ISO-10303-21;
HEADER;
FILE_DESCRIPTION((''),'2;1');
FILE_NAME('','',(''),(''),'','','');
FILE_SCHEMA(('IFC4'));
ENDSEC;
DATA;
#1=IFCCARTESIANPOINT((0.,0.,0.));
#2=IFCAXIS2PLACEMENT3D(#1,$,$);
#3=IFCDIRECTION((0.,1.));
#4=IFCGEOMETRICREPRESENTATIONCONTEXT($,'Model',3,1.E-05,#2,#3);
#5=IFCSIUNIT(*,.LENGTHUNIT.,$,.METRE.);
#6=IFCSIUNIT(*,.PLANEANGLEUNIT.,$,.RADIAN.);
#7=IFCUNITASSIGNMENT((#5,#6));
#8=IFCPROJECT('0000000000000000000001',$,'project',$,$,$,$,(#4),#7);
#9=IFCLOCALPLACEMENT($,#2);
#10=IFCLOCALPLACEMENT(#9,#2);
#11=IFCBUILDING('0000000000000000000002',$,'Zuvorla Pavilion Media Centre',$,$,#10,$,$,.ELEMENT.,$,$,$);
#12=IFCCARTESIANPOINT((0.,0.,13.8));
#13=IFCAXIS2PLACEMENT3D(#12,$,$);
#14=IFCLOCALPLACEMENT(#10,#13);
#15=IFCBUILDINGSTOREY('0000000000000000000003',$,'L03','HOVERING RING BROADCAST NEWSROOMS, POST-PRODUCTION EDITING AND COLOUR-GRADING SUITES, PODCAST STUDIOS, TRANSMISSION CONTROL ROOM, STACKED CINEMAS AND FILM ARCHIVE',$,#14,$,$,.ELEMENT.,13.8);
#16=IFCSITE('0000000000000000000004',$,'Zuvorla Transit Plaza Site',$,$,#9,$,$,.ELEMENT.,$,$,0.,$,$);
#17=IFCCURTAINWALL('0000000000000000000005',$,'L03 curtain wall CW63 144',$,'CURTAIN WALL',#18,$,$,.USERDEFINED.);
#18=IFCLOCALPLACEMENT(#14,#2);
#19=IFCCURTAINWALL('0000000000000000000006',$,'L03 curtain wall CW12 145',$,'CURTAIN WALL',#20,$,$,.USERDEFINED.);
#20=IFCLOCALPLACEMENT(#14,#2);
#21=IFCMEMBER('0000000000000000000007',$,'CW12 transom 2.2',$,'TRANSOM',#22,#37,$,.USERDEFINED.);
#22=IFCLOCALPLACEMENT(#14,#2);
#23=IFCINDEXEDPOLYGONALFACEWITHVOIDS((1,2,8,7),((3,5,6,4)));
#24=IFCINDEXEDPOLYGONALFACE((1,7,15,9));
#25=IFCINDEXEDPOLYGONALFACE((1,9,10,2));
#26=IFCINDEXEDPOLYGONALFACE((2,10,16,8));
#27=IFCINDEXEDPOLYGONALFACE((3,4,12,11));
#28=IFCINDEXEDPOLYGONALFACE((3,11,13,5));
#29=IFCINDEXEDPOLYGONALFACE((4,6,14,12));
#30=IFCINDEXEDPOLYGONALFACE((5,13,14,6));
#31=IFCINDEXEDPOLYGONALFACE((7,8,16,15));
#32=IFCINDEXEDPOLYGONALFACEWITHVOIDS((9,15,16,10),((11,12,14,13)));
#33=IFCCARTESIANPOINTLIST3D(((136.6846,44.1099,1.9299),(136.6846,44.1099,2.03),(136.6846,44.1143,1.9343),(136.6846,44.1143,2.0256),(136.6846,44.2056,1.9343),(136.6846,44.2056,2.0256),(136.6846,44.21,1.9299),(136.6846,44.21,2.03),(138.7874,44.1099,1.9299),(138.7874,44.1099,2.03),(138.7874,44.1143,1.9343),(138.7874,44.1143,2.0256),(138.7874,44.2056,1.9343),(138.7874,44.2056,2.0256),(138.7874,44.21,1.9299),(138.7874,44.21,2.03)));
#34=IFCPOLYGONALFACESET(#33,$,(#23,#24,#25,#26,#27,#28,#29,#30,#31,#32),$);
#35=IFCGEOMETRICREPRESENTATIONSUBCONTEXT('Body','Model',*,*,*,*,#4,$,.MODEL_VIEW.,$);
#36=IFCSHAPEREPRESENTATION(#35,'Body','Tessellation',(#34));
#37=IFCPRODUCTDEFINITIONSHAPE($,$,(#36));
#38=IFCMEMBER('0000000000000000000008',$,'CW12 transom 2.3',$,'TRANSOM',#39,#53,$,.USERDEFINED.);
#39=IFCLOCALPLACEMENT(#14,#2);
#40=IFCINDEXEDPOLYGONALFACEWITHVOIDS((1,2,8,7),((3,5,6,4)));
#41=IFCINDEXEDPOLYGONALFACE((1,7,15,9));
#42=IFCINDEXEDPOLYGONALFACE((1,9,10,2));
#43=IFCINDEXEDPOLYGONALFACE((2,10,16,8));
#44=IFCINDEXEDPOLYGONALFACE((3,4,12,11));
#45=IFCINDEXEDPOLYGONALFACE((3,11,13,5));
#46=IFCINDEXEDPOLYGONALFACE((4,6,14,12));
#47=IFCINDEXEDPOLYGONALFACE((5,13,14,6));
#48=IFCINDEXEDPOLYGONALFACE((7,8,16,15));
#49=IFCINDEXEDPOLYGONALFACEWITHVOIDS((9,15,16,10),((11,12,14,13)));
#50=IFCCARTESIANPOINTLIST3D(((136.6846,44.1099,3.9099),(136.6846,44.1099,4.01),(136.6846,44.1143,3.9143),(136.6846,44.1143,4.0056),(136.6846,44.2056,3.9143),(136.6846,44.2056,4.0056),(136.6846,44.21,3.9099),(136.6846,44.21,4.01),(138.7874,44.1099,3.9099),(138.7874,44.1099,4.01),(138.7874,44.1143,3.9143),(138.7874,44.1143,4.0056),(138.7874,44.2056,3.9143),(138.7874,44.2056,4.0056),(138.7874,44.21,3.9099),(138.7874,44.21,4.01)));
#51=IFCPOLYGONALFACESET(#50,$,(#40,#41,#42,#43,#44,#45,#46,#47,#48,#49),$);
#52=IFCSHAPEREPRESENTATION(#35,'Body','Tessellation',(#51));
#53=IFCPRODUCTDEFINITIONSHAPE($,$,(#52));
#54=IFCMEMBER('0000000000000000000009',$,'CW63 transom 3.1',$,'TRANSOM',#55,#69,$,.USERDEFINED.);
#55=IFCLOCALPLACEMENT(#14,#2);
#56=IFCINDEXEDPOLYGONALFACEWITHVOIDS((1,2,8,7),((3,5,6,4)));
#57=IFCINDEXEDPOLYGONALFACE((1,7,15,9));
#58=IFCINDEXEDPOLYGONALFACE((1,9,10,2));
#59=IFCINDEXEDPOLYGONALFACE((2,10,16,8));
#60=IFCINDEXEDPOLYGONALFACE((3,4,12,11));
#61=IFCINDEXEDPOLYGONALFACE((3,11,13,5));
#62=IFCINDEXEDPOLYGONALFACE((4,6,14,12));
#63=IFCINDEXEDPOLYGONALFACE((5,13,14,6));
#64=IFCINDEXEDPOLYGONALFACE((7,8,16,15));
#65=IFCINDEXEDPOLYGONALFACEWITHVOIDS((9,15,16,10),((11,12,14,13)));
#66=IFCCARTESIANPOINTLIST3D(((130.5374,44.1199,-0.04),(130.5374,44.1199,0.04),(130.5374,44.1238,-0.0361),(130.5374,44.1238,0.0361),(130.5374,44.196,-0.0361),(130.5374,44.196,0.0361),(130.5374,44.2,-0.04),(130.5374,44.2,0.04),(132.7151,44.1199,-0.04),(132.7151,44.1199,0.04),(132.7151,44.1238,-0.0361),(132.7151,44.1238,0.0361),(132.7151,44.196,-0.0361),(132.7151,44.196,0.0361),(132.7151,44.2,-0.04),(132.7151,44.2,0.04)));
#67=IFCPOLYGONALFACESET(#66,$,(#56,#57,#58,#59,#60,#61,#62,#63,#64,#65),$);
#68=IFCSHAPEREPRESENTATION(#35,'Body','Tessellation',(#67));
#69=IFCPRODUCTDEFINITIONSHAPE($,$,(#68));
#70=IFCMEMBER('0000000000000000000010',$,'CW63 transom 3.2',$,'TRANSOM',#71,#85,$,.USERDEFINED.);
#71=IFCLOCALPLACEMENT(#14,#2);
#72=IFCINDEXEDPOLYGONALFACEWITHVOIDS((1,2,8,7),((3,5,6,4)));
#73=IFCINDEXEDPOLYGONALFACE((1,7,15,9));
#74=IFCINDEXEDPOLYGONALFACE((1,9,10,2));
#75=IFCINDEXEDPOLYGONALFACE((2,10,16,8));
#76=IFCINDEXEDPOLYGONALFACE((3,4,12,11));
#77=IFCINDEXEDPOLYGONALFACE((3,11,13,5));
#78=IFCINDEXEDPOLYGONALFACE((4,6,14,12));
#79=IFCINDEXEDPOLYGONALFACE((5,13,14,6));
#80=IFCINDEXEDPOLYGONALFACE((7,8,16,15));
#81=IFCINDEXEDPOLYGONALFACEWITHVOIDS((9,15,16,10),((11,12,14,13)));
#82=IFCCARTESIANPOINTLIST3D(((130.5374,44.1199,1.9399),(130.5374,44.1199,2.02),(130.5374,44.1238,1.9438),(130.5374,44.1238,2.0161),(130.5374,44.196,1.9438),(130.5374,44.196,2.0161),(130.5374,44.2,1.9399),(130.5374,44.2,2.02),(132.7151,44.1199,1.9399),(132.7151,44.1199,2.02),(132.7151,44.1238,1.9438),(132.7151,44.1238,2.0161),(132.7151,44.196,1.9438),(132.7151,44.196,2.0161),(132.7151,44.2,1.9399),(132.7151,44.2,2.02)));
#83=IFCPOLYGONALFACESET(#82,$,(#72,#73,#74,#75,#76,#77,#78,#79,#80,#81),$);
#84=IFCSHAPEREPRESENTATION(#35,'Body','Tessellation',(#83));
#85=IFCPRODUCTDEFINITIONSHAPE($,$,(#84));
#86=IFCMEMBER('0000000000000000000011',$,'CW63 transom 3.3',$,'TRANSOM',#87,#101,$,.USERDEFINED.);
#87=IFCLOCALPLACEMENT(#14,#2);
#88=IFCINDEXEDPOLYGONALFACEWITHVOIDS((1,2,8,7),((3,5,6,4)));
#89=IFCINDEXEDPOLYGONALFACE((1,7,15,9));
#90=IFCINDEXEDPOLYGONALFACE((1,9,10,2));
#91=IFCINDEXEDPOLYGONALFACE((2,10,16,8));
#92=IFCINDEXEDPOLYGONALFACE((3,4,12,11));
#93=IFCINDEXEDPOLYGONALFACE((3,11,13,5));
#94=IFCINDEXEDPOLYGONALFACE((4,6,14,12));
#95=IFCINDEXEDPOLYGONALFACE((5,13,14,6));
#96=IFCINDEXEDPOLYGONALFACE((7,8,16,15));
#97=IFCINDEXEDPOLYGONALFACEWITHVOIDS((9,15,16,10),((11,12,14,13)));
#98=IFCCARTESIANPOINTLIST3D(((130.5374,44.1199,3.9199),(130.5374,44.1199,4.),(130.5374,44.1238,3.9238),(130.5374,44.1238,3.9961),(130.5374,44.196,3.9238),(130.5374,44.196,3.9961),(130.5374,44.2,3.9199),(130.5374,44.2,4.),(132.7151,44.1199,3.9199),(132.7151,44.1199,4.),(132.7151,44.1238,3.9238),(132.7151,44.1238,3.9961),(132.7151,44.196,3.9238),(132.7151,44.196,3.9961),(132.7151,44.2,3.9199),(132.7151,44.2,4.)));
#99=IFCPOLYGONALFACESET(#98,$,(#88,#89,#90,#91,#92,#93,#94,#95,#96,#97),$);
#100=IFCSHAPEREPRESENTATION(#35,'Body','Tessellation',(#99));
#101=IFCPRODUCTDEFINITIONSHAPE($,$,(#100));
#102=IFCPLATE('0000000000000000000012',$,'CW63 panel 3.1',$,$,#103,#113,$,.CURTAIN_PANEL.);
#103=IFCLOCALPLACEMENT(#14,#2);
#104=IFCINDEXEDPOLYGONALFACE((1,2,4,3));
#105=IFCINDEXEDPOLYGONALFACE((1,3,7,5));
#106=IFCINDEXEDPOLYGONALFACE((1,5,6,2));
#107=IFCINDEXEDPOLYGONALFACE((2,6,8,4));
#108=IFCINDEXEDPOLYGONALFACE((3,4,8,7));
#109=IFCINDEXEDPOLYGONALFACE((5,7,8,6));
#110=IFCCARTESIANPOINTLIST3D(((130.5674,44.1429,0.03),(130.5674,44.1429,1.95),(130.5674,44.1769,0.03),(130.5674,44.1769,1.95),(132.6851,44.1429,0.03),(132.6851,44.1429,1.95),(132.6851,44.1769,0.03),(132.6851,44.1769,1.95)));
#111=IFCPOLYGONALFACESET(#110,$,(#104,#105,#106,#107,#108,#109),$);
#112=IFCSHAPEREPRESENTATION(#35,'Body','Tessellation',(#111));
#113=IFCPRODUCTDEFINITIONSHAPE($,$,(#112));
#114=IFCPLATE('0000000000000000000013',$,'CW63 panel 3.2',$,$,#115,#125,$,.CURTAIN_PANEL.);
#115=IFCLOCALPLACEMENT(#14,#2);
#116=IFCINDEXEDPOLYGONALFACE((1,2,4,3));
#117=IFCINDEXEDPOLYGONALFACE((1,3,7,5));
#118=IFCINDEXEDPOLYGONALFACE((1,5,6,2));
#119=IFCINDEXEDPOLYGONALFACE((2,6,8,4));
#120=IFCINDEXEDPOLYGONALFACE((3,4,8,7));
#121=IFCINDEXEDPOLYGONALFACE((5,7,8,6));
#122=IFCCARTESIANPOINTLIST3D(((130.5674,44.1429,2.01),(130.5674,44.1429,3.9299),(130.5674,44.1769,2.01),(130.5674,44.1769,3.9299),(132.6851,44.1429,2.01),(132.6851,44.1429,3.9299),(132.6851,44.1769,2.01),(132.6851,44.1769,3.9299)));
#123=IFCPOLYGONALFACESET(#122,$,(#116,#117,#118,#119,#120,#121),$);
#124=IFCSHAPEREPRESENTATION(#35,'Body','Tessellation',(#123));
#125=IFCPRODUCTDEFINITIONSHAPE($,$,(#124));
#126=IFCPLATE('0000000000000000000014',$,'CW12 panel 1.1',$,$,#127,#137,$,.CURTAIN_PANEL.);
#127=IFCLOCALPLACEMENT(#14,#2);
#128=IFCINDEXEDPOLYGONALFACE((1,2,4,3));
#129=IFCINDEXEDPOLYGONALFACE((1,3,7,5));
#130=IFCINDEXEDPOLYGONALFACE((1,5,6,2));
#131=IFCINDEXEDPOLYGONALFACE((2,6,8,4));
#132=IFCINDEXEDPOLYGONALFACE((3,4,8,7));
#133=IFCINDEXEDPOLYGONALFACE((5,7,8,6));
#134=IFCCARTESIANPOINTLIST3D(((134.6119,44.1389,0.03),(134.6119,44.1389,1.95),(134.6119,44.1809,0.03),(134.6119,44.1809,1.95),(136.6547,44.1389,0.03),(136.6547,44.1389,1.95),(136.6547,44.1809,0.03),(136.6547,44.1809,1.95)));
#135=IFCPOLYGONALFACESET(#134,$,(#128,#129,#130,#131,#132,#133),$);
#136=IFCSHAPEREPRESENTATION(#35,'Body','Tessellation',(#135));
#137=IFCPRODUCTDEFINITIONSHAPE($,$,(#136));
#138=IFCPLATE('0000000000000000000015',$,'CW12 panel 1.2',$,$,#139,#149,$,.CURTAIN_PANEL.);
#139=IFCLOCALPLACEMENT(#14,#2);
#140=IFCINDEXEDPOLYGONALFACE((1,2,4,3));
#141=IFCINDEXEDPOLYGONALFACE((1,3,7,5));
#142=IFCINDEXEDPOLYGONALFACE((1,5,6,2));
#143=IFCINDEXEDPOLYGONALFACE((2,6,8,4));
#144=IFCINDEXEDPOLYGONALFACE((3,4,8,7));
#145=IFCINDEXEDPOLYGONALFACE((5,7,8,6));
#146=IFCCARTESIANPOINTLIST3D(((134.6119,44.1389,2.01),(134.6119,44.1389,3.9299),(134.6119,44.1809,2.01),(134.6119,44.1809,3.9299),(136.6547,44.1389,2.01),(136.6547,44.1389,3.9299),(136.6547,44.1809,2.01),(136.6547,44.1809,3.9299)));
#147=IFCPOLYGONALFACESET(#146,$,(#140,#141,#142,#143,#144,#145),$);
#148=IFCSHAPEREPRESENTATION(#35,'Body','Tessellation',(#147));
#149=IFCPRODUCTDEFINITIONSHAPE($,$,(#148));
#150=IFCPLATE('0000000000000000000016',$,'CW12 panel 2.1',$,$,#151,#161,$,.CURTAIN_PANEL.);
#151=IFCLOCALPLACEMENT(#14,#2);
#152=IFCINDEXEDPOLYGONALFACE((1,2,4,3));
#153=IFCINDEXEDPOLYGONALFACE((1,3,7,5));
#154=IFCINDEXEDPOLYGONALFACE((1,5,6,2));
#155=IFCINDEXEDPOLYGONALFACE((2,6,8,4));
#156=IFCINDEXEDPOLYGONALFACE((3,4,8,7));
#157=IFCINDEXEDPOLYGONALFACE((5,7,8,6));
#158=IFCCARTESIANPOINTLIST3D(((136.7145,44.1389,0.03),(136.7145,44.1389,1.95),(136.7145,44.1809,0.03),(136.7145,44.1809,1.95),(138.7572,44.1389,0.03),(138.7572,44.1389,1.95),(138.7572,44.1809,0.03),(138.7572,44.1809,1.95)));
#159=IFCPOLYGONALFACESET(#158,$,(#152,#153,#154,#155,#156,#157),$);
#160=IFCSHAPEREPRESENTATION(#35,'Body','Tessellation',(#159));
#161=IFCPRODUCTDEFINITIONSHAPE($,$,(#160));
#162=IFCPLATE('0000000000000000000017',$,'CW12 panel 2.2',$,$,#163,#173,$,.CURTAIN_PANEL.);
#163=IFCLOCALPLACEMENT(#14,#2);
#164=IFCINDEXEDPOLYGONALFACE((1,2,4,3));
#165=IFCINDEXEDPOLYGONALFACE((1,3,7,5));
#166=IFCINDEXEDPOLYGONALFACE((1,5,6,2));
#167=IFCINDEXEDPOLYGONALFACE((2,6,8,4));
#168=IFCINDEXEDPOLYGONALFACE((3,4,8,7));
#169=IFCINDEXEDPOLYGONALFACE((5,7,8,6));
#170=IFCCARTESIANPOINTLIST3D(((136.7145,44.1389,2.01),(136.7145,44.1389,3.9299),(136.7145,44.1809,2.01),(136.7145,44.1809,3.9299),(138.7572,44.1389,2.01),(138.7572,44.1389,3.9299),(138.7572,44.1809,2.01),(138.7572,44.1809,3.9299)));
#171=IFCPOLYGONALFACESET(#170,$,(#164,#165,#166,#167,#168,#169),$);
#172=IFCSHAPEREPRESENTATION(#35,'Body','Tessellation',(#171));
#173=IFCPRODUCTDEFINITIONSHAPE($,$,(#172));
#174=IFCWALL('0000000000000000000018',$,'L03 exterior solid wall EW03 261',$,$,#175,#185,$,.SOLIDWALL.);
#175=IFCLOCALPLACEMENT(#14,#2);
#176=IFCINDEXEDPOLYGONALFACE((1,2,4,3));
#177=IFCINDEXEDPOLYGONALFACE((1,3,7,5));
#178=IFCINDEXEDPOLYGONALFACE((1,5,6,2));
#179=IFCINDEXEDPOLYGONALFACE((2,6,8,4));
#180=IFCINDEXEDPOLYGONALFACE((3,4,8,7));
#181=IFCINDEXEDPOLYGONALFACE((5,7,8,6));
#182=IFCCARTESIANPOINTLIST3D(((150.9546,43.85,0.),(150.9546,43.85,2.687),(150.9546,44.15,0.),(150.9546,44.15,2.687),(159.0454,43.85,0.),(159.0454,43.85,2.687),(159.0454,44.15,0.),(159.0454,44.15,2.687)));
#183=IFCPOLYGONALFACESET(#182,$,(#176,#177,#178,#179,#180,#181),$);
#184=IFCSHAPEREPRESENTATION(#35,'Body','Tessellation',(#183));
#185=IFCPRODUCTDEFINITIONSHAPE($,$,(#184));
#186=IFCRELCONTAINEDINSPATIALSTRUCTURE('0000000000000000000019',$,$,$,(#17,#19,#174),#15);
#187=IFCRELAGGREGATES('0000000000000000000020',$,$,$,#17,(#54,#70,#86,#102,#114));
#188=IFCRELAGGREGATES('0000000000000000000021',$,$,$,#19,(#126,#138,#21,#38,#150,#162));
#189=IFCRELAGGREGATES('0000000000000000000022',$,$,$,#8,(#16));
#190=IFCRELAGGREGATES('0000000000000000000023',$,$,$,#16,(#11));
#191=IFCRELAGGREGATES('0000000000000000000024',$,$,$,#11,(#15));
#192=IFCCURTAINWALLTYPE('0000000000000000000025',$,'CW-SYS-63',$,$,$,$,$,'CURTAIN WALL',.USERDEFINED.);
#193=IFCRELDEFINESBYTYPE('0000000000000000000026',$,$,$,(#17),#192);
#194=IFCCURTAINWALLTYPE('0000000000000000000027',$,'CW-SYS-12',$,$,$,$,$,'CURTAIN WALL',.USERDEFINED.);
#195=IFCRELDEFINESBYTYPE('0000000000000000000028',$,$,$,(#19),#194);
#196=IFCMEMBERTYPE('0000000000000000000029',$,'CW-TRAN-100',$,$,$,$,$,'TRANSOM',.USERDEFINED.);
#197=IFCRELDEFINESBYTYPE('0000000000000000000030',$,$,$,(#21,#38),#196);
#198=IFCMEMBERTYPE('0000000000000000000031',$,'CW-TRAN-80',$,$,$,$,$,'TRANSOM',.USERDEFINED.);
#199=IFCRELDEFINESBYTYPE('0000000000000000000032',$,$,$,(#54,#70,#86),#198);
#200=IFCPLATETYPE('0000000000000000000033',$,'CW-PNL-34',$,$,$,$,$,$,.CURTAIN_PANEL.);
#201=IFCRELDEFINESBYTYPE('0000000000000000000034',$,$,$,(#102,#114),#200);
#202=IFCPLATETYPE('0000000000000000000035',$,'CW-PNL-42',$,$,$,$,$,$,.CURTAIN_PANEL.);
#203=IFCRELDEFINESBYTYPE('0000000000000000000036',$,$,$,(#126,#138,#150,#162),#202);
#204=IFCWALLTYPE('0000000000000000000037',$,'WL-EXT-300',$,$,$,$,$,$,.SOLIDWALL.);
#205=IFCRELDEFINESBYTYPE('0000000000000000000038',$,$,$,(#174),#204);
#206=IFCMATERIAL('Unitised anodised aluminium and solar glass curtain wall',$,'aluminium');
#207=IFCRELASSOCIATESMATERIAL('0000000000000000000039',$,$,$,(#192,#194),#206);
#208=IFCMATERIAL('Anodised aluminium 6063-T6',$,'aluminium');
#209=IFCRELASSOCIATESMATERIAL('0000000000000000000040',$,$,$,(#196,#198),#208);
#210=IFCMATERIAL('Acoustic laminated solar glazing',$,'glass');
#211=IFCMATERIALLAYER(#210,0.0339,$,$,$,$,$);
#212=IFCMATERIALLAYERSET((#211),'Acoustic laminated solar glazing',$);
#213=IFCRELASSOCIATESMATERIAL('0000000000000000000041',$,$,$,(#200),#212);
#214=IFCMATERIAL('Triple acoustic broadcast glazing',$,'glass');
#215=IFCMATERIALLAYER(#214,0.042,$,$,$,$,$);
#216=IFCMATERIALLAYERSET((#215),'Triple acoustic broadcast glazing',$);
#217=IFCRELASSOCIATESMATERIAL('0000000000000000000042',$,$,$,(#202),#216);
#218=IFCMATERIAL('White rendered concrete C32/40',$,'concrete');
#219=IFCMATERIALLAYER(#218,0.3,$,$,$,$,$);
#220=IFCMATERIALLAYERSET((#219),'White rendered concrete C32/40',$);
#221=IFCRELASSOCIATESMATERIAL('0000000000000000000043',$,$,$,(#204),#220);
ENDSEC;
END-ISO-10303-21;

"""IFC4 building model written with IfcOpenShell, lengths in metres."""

from ifc_helpers import new_model, si_unit, direction, frame, frame_2d, origin, origin_2d, place, context, subcontext, project, spatial, rectangle, hollow_rectangle, extrude, material, layer, layer_set, material_profile, profile_set, type_object, element, aggregate, save


model = new_model("IFC4")

# Units and contexts
model_context = context("Model", 3, precision=1e-05, world=origin(), true_north=direction((0.0, 1.0)))
body_context = subcontext(model_context, "Body", "Model", "MODEL_VIEW")
ifc_project = project(units=[si_unit("LENGTHUNIT", "METRE"), si_unit("PLANEANGLEUNIT", "RADIAN")], contexts=[model_context])

# Site, building, storey
site_placement = place(None, origin())
site = spatial("IfcSite", under=ifc_project, at=site_placement, Name="Zuvorla Transit Plaza Site", CompositionType="ELEMENT", RefElevation=0.0)
building_placement = place(site_placement, origin())
building = spatial("IfcBuilding", under=site, at=building_placement, Name="Zuvorla Pavilion Media Centre", CompositionType="ELEMENT")
storey_placement = place(building_placement, frame((0.0, 0.0, 13.8)))
storey = spatial("IfcBuildingStorey", under=building, at=storey_placement, Name="L03", Description="HOVERING RING BROADCAST NEWSROOMS, POST-PRODUCTION EDITING AND COLOUR-GRADING SUITES, PODCAST STUDIOS, TRANSMISSION CONTROL ROOM, STACKED CINEMAS AND FILM ARCHIVE", CompositionType="ELEMENT", Elevation=13.8)

# Curtain wall
ifc_material_1 = material(Name="Unitised anodised aluminium and solar glass curtain wall", Category="aluminium")
curtain_wall_type_1 = type_object("IfcCurtainWallType", Name="CW-SYS-63", ElementType="CURTAIN WALL", PredefinedType="USERDEFINED", material=ifc_material_1)
curtain_wall_1_placement = place(storey_placement, origin())
curtain_wall_1 = element("IfcCurtainWall", 1, at=curtain_wall_1_placement, inside=storey, type_object=curtain_wall_type_1, Name="L03 curtain wall CW63 144", ObjectType="CURTAIN WALL", PredefinedType="USERDEFINED")
ifc_material_2 = material(Name="Anodised aluminium 6063-T6", Category="aluminium")

# Curtain wall, members
curtain_wall_type_2 = type_object("IfcCurtainWallType", Name="CW-SYS-12", ElementType="CURTAIN WALL", PredefinedType="USERDEFINED", material=ifc_material_1)
curtain_wall_2_placement = place(storey_placement, origin())
curtain_wall_2 = element("IfcCurtainWall", 2, at=curtain_wall_2_placement, inside=storey, type_object=curtain_wall_type_2, Name="L03 curtain wall CW12 145", ObjectType="CURTAIN WALL", PredefinedType="USERDEFINED")
ifc_material_profile_1 = material_profile(ifc_material_2, hollow_rectangle(XDim=0.1001, YDim=0.1001, WallThickness=0.0044, at=origin_2d()), Name="ALU TRAN 100x100")
ifc_profile_set_1 = profile_set([ifc_material_profile_1], Name="Anodised aluminium 6063-T6")
member_type_1 = type_object("IfcMemberType", Name="CW-TRAN-100", ElementType="TRANSOM", PredefinedType="USERDEFINED", material=ifc_profile_set_1)
member_1_placement = place(storey_placement, frame((136.6846, 44.1599, 1.98), z_axis=(1.0, 0.0, 0.0), x_axis=(0.0, 1.0, 0.0)))
member_1 = element("IfcMember", 3, at=member_1_placement, type_object=member_type_1, Name="CW12 transom 2.2", ObjectType="TRANSOM", PredefinedType="USERDEFINED", context=body_context, shape_type="SweptSolid", body=[
    extrude(hollow_rectangle(XDim=0.1001, YDim=0.1001, WallThickness=0.0044, at=origin_2d()), origin(), (0.0, 0.0, 1.0), 2.1028),
])
member_2_placement = place(storey_placement, frame((136.6846, 44.1599, 3.96), z_axis=(1.0, 0.0, 0.0), x_axis=(0.0, 1.0, 0.0)))
member_2 = element("IfcMember", 4, at=member_2_placement, type_object=member_type_1, Name="CW12 transom 2.3", ObjectType="TRANSOM", PredefinedType="USERDEFINED", context=body_context, shape_type="SweptSolid", body=[
    extrude(hollow_rectangle(XDim=0.1001, YDim=0.1001, WallThickness=0.0044, at=origin_2d()), origin(), (0.0, 0.0, 1.0), 2.1028),
])

# Members
ifc_material_profile_2 = material_profile(ifc_material_2, hollow_rectangle(XDim=0.0801, YDim=0.0801, WallThickness=0.0039, at=origin_2d()), Name="ALU TRAN 80x80")
ifc_profile_set_2 = profile_set([ifc_material_profile_2], Name="Anodised aluminium 6063-T6")
member_type_2 = type_object("IfcMemberType", Name="CW-TRAN-80", ElementType="TRANSOM", PredefinedType="USERDEFINED", material=ifc_profile_set_2)
member_3_placement = place(storey_placement, frame((130.5374, 44.1599, 0.0), z_axis=(1.0, 0.0, 0.0), x_axis=(0.0, 1.0, 0.0)))
member_3 = element("IfcMember", 5, at=member_3_placement, type_object=member_type_2, Name="CW63 transom 3.1", ObjectType="TRANSOM", PredefinedType="USERDEFINED", context=body_context, shape_type="SweptSolid", body=[
    extrude(hollow_rectangle(XDim=0.0801, YDim=0.0801, WallThickness=0.0039, at=origin_2d()), origin(), (0.0, 0.0, 1.0), 2.1777),
])
member_4_placement = place(storey_placement, frame((130.5374, 44.1599, 1.98), z_axis=(1.0, 0.0, 0.0), x_axis=(0.0, 1.0, 0.0)))
member_4 = element("IfcMember", 6, at=member_4_placement, type_object=member_type_2, Name="CW63 transom 3.2", ObjectType="TRANSOM", PredefinedType="USERDEFINED", context=body_context, shape_type="SweptSolid", body=[
    extrude(hollow_rectangle(XDim=0.0801, YDim=0.0801, WallThickness=0.0039, at=origin_2d()), origin(), (0.0, 0.0, 1.0), 2.1777),
])
member_5_placement = place(storey_placement, frame((130.5374, 44.1599, 3.96), z_axis=(1.0, 0.0, 0.0), x_axis=(0.0, 1.0, 0.0)))
member_5 = element("IfcMember", 7, at=member_5_placement, type_object=member_type_2, Name="CW63 transom 3.3", ObjectType="TRANSOM", PredefinedType="USERDEFINED", context=body_context, shape_type="SweptSolid", body=[
    extrude(hollow_rectangle(XDim=0.0801, YDim=0.0801, WallThickness=0.0039, at=origin_2d()), origin(), (0.0, 0.0, 1.0), 2.1777),
])

# Plates
ifc_material_3 = material(Name="Acoustic laminated solar glazing", Category="glass")
ifc_layer_1 = layer(ifc_material_3, 0.0339)
ifc_layer_set_1 = layer_set([ifc_layer_1], Name="Acoustic laminated solar glazing")
plate_type_1 = type_object("IfcPlateType", Name="CW-PNL-34", PredefinedType="CURTAIN_PANEL", material=ifc_layer_set_1)
plate_1_placement = place(storey_placement, frame((131.6262, 44.1599, 0.03), z_axis=(0.0, 0.0, 1.0), x_axis=(1.0, 0.0, 0.0)))
plate_1 = element("IfcPlate", 8, at=plate_1_placement, type_object=plate_type_1, Name="CW63 panel 3.1", PredefinedType="CURTAIN_PANEL", context=body_context, shape_type="SweptSolid", body=[
    extrude(rectangle(XDim=2.1177, YDim=0.0339, at=origin_2d()), origin(), (0.0, 0.0, 1.0), 1.9199),
])
plate_2_placement = place(storey_placement, frame((131.6262, 44.1599, 2.01), z_axis=(0.0, 0.0, 1.0), x_axis=(1.0, 0.0, 0.0)))
plate_2 = element("IfcPlate", 9, at=plate_2_placement, type_object=plate_type_1, Name="CW63 panel 3.2", PredefinedType="CURTAIN_PANEL", context=body_context, shape_type="SweptSolid", body=[
    extrude(rectangle(XDim=2.1177, YDim=0.0339, at=origin_2d()), origin(), (0.0, 0.0, 1.0), 1.9199),
])
aggregate(curtain_wall_1, [member_3, member_4, member_5, plate_1, plate_2])
ifc_material_4 = material(Name="Triple acoustic broadcast glazing", Category="glass")
ifc_layer_2 = layer(ifc_material_4, 0.042)
ifc_layer_set_2 = layer_set([ifc_layer_2], Name="Triple acoustic broadcast glazing")
plate_type_2 = type_object("IfcPlateType", Name="CW-PNL-42", PredefinedType="CURTAIN_PANEL", material=ifc_layer_set_2)
plate_3_placement = place(storey_placement, frame((135.6333, 44.1599, 0.03), z_axis=(0.0, 0.0, 1.0), x_axis=(1.0, 0.0, 0.0)))
plate_3 = element("IfcPlate", 10, at=plate_3_placement, type_object=plate_type_2, Name="CW12 panel 1.1", PredefinedType="CURTAIN_PANEL", context=body_context, shape_type="SweptSolid", body=[
    extrude(rectangle(XDim=2.0427, YDim=0.042, at=origin_2d()), origin(), (0.0, 0.0, 1.0), 1.9199),
])
plate_4_placement = place(storey_placement, frame((135.6333, 44.1599, 2.01), z_axis=(0.0, 0.0, 1.0), x_axis=(1.0, 0.0, 0.0)))
plate_4 = element("IfcPlate", 11, at=plate_4_placement, type_object=plate_type_2, Name="CW12 panel 1.2", PredefinedType="CURTAIN_PANEL", context=body_context, shape_type="SweptSolid", body=[
    extrude(rectangle(XDim=2.0427, YDim=0.042, at=origin_2d()), origin(), (0.0, 0.0, 1.0), 1.9199),
])
plate_5_placement = place(storey_placement, frame((137.7358, 44.1599, 0.03), z_axis=(0.0, 0.0, 1.0), x_axis=(1.0, 0.0, 0.0)))
plate_5 = element("IfcPlate", 12, at=plate_5_placement, type_object=plate_type_2, Name="CW12 panel 2.1", PredefinedType="CURTAIN_PANEL", context=body_context, shape_type="SweptSolid", body=[
    extrude(rectangle(XDim=2.0427, YDim=0.042, at=origin_2d()), origin(), (0.0, 0.0, 1.0), 1.9199),
])
plate_6_placement = place(storey_placement, frame((137.7358, 44.1599, 2.01), z_axis=(0.0, 0.0, 1.0), x_axis=(1.0, 0.0, 0.0)))
plate_6 = element("IfcPlate", 13, at=plate_6_placement, type_object=plate_type_2, Name="CW12 panel 2.2", PredefinedType="CURTAIN_PANEL", context=body_context, shape_type="SweptSolid", body=[
    extrude(rectangle(XDim=2.0427, YDim=0.042, at=origin_2d()), origin(), (0.0, 0.0, 1.0), 1.9199),
])
aggregate(curtain_wall_2, [plate_3, plate_4, member_1, member_2, plate_5, plate_6])

# Wall
ifc_material_5 = material(Name="White rendered concrete C32/40", Category="concrete")
ifc_layer_3 = layer(ifc_material_5, 0.3)
ifc_layer_set_3 = layer_set([ifc_layer_3], Name="White rendered concrete C32/40")
wall_type = type_object("IfcWallType", Name="WL-EXT-300", PredefinedType="SOLIDWALL", material=ifc_layer_set_3)
for number, where, z_axis, x_axis, name in (
    (14, (159.0454, 44.0, 0.0), (0.0, 0.0, 1.0), (-1.0, 0.0, 0.0), "L03 exterior solid wall EW03 261"),
):
    element("IfcWall", number, at=place(storey_placement, frame(where, z_axis=z_axis, x_axis=x_axis)), inside=storey, type_object=wall_type, Name=name, PredefinedType="SOLIDWALL", context=body_context, shape_type="SweptSolid", body=[
        extrude(rectangle(XDim=8.0908, YDim=0.3, at=frame_2d((4.0454, 0.0))), origin(), (0.0, 0.0, 1.0), 2.687),
    ])

save(model, "model.ifc")
